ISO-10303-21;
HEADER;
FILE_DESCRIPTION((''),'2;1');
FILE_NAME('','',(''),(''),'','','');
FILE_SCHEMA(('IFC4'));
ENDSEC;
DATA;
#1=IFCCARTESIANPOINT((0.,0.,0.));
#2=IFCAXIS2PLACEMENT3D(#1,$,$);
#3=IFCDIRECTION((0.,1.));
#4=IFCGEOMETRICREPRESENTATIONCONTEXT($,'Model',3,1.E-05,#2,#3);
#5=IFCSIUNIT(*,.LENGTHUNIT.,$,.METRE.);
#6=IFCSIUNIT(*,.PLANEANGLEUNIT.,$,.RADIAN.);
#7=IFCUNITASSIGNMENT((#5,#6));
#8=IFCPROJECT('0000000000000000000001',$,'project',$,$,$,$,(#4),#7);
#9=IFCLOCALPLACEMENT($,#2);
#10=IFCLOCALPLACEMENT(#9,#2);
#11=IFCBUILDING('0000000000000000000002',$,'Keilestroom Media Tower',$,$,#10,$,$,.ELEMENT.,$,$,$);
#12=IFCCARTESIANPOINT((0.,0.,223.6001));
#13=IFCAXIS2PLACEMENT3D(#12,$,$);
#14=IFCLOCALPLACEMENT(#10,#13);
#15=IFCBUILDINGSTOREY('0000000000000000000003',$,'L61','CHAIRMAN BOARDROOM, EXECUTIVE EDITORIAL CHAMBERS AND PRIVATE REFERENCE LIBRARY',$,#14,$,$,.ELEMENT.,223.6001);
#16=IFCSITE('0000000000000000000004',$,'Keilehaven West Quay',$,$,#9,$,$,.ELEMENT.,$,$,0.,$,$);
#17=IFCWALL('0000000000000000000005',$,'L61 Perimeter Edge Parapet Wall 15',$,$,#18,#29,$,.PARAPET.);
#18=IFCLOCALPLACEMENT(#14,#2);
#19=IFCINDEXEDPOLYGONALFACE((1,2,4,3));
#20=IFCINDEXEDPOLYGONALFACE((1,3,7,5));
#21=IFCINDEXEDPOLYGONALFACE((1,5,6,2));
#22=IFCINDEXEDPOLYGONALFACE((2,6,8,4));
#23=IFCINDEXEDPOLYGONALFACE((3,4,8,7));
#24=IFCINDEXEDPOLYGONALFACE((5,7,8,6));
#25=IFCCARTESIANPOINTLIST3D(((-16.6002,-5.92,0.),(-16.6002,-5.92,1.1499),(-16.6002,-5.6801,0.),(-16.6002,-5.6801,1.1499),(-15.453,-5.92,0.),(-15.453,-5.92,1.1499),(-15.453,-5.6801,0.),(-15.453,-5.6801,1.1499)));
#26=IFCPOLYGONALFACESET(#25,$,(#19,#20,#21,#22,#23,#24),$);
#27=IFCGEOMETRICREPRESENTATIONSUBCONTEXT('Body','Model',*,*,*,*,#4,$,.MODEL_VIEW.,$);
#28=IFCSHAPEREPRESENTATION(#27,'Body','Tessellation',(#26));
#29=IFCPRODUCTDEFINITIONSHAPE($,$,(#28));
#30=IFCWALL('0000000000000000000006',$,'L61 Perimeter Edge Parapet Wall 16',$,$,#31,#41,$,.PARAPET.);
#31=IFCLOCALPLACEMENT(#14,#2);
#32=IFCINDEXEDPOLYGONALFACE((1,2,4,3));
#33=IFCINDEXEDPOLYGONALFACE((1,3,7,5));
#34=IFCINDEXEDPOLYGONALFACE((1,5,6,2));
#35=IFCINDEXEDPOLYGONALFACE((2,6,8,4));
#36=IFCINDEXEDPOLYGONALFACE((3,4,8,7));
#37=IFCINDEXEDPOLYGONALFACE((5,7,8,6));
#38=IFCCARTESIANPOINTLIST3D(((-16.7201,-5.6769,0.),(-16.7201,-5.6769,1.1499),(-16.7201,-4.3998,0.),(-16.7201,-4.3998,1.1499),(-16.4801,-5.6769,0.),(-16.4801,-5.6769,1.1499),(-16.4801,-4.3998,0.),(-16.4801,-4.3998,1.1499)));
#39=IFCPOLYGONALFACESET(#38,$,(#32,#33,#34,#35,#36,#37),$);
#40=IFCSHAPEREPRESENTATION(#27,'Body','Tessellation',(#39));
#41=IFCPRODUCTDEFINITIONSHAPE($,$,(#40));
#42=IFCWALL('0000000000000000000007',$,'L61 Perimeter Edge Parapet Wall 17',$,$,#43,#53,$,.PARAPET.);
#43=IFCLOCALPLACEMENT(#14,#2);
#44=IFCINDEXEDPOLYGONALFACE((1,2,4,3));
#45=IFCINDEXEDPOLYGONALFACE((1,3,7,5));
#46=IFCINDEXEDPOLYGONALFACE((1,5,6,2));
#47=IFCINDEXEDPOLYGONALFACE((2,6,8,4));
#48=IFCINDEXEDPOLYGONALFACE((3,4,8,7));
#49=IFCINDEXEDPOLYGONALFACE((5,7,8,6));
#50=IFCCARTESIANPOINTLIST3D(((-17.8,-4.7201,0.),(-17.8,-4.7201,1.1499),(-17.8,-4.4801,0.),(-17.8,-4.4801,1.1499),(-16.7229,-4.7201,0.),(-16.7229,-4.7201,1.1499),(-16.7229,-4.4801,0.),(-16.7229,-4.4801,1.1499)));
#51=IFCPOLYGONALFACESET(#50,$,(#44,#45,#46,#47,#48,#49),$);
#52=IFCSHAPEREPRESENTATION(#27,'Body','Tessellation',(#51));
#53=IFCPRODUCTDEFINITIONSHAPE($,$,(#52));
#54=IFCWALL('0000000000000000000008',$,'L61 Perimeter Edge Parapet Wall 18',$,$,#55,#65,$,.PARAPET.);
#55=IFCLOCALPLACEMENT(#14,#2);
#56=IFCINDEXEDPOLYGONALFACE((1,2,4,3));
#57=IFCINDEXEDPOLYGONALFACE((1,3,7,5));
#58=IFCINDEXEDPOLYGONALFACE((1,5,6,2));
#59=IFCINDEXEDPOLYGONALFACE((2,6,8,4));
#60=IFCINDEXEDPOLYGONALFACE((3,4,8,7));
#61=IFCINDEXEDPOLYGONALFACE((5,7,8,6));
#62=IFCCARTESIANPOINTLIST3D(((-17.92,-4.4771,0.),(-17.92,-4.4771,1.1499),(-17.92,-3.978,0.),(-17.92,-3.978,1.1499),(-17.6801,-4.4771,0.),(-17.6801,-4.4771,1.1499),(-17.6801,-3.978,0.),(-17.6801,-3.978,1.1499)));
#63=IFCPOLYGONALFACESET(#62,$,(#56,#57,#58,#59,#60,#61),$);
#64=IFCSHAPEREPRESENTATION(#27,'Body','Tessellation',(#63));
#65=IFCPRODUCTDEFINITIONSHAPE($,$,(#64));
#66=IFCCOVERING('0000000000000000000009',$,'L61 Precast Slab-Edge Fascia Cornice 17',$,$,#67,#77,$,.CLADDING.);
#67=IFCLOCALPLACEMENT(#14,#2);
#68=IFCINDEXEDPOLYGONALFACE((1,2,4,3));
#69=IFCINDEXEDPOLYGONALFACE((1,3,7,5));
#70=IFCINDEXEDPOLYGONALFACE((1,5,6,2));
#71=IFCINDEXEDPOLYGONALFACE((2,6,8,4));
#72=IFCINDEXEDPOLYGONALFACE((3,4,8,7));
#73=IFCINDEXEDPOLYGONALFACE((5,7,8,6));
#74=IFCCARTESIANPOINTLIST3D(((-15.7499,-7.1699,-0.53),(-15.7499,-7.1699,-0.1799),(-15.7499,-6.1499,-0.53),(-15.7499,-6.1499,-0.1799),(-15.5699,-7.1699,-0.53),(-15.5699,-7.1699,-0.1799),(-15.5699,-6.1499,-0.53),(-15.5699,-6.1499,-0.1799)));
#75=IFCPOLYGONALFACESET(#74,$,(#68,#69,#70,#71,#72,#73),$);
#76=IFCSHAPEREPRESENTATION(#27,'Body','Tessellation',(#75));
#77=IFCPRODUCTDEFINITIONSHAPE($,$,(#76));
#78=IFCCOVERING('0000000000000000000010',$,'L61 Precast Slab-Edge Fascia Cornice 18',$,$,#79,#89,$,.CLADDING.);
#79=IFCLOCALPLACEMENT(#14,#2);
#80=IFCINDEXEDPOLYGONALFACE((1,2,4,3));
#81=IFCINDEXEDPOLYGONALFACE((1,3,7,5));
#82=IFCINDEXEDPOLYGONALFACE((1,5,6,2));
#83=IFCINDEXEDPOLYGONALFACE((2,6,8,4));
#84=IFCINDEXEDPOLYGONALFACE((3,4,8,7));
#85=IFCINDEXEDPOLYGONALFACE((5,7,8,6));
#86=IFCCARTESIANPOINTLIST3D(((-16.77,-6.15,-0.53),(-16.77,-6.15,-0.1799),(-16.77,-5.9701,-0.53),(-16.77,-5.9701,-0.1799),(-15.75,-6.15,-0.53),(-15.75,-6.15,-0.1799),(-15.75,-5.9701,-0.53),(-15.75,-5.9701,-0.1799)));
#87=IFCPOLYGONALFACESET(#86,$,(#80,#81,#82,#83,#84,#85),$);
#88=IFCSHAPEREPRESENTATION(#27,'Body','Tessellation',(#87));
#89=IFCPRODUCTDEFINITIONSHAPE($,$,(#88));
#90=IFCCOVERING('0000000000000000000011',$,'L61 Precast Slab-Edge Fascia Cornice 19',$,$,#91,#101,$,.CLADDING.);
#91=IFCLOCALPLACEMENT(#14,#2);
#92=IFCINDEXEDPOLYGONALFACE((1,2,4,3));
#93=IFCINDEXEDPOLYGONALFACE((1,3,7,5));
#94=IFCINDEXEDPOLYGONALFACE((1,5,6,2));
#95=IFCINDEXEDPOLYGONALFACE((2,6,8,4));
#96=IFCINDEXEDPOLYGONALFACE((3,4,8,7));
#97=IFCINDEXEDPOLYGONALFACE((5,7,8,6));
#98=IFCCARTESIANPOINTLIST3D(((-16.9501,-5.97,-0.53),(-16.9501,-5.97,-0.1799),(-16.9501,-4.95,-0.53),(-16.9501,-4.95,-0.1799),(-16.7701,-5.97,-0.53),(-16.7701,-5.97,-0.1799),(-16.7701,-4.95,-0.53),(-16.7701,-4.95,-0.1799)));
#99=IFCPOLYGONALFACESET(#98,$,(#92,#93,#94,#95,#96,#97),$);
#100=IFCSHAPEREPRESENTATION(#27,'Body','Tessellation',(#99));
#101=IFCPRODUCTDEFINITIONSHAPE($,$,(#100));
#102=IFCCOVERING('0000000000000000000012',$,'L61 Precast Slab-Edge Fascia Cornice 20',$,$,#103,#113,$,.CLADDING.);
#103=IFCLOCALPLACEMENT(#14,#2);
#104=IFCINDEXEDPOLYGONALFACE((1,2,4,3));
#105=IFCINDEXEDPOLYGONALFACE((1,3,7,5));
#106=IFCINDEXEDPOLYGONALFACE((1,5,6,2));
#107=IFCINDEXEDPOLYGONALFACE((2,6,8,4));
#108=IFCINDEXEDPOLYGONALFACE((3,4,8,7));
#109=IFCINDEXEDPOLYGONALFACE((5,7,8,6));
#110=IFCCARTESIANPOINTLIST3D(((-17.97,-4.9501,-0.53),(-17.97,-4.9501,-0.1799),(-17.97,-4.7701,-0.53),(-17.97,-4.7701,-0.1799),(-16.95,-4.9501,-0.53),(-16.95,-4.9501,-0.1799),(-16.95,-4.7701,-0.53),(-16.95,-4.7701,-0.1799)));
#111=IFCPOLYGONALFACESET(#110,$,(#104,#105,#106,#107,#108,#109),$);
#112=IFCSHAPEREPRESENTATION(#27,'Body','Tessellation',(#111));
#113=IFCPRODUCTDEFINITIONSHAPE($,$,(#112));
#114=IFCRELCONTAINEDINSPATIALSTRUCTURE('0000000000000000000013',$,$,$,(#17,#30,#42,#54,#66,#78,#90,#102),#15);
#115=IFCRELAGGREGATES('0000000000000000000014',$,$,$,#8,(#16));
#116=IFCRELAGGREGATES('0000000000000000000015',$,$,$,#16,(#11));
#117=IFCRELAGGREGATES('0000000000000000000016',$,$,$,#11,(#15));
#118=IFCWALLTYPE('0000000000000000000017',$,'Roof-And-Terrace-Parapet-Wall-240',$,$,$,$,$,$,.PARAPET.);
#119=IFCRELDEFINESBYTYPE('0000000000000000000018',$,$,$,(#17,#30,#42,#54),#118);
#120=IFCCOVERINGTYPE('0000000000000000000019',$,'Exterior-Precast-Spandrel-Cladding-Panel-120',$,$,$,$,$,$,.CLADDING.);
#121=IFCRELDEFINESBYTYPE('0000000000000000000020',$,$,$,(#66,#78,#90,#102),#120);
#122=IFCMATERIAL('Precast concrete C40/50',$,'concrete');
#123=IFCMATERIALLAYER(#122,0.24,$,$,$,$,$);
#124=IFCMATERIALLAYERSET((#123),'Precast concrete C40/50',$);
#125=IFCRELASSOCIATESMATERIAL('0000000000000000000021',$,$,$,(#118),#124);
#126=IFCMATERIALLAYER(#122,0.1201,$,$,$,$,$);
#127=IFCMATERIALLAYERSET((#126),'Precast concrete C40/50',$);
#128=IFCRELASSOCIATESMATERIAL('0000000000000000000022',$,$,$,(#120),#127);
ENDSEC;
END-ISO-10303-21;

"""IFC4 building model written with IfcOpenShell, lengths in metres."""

from ifc_helpers import new_model, si_unit, direction, frame, frame_2d, origin, origin_2d, place, context, subcontext, project, spatial, rectangle, extrude, source, transform, mapped, material, layer, layer_set, type_object, element, save


model = new_model("IFC4")

# Units and contexts
model_context = context("Model", 3, precision=1e-05, world=origin(), true_north=direction((0.0, 1.0)))
body_context = subcontext(model_context, "Body", "Model", "MODEL_VIEW")
ifc_project = project(units=[si_unit("LENGTHUNIT", "METRE"), si_unit("PLANEANGLEUNIT", "RADIAN")], contexts=[model_context])

# Site, building, storey
site_placement = place(None, origin())
site = spatial("IfcSite", under=ifc_project, at=site_placement, Name="Keilehaven West Quay", CompositionType="ELEMENT", RefElevation=0.0)
building_placement = place(site_placement, origin())
building = spatial("IfcBuilding", under=site, at=building_placement, Name="Keilestroom Media Tower", CompositionType="ELEMENT")
storey_placement = place(building_placement, frame((0.0, 0.0, 223.6001)))
storey = spatial("IfcBuildingStorey", under=building, at=storey_placement, Name="L61", Description="CHAIRMAN BOARDROOM, EXECUTIVE EDITORIAL CHAMBERS AND PRIVATE REFERENCE LIBRARY", CompositionType="ELEMENT", Elevation=223.6001)

# Shared definitions
ifc_material_1 = material(Name="Precast concrete C40/50", Category="concrete")

# Walls
ifc_layer_1 = layer(ifc_material_1, 0.24)
ifc_layer_set_1 = layer_set([ifc_layer_1], Name="Precast concrete C40/50")
wall_type = type_object("IfcWallType", Name="Roof-And-Terrace-Parapet-Wall-240", PredefinedType="PARAPET", material=ifc_layer_set_1)
wall_1_placement = place(storey_placement, frame((-15.4529, -5.8, 0.0), z_axis=(0.0, 0.0, 1.0), x_axis=(-1.0, 0.0, 0.0)))
element("IfcWall", 1, at=wall_1_placement, inside=storey, type_object=wall_type, Name="L61 Perimeter Edge Parapet Wall 15", PredefinedType="PARAPET", context=body_context, shape_type="SweptSolid", body=[
    extrude(rectangle(XDim=1.1472, YDim=0.24, at=frame_2d((0.5737, 0.0))), origin(), (0.0, 0.0, 1.0), 1.1499),
])
wall_2_placement = place(storey_placement, frame((-16.6001, -5.677, 0.0), z_axis=(0.0, 0.0, 1.0), x_axis=(0.0, 1.0, 0.0)))
element("IfcWall", 2, at=wall_2_placement, inside=storey, type_object=wall_type, Name="L61 Perimeter Edge Parapet Wall 16", PredefinedType="PARAPET", context=body_context, shape_type="SweptSolid", body=[
    extrude(rectangle(XDim=1.2771, YDim=0.24, at=frame_2d((0.6387, 0.0))), origin(), (0.0, 0.0, 1.0), 1.1499),
])
wall_3_placement = place(storey_placement, frame((-16.7229, -4.6001, 0.0), z_axis=(0.0, 0.0, 1.0), x_axis=(-1.0, 0.0, 0.0)))
element("IfcWall", 3, at=wall_3_placement, inside=storey, type_object=wall_type, Name="L61 Perimeter Edge Parapet Wall 17", PredefinedType="PARAPET", context=body_context, shape_type="SweptSolid", body=[
    extrude(rectangle(XDim=1.0771, YDim=0.24, at=frame_2d((0.5386, 0.0))), origin(), (0.0, 0.0, 1.0), 1.1499),
])
wall_4_placement = place(storey_placement, frame((-17.8, -4.4771, 0.0), z_axis=(0.0, 0.0, 1.0), x_axis=(0.0, 1.0, 0.0)))
element("IfcWall", 4, at=wall_4_placement, inside=storey, type_object=wall_type, Name="L61 Perimeter Edge Parapet Wall 18", PredefinedType="PARAPET", context=body_context, shape_type="SweptSolid", body=[
    extrude(rectangle(XDim=0.499, YDim=0.24, at=frame_2d((0.2495, 0.0))), origin(), (0.0, 0.0, 1.0), 1.1499),
])

# Coverings
ifc_layer_2 = layer(ifc_material_1, 0.1201)
ifc_layer_set_2 = layer_set([ifc_layer_2], Name="Precast concrete C40/50")
covering_type = type_object("IfcCoveringType", Name="Exterior-Precast-Spandrel-Cladding-Panel-120", PredefinedType="CLADDING", material=ifc_layer_set_2)
shared_shape_1 = source(origin(), body_context, "Body", "SweptSolid", [
    extrude(rectangle(XDim=1.02, YDim=0.1799, at=origin_2d()), origin(), (0.0, 0.0, 1.0), 0.3501),
])
for number, where, z_axis, x_axis, name in (
    (5, (-15.6599, -6.6599, -0.53), (0.0, 0.0, 1.0), (0.0, 1.0, 0.0), "L61 Precast Slab-Edge Fascia Cornice 17"),
    (6, (-16.26, -6.0601, -0.53), (0.0, 0.0, 1.0), (-1.0, 0.0, 0.0), "L61 Precast Slab-Edge Fascia Cornice 18"),
    (7, (-16.8601, -5.46, -0.53), (0.0, 0.0, 1.0), (0.0, 1.0, 0.0), "L61 Precast Slab-Edge Fascia Cornice 19"),
    (8, (-17.46, -4.8601, -0.53), (0.0, 0.0, 1.0), (-1.0, 0.0, 0.0), "L61 Precast Slab-Edge Fascia Cornice 20"),
):
    element("IfcCovering", number, at=place(storey_placement, frame(where, z_axis=z_axis, x_axis=x_axis)), inside=storey, type_object=covering_type, Name=name, PredefinedType="CLADDING", context=body_context, shape_type="MappedRepresentation", body=[
        mapped(shared_shape_1, transform((0.0, 0.0, 0.0), x_axis=(1.0, 0.0, 0.0), y_axis=(0.0, 1.0, 0.0), z_axis=(0.0, 0.0, 1.0), scale=1.0)),
    ])

save(model, "model.ifc")
